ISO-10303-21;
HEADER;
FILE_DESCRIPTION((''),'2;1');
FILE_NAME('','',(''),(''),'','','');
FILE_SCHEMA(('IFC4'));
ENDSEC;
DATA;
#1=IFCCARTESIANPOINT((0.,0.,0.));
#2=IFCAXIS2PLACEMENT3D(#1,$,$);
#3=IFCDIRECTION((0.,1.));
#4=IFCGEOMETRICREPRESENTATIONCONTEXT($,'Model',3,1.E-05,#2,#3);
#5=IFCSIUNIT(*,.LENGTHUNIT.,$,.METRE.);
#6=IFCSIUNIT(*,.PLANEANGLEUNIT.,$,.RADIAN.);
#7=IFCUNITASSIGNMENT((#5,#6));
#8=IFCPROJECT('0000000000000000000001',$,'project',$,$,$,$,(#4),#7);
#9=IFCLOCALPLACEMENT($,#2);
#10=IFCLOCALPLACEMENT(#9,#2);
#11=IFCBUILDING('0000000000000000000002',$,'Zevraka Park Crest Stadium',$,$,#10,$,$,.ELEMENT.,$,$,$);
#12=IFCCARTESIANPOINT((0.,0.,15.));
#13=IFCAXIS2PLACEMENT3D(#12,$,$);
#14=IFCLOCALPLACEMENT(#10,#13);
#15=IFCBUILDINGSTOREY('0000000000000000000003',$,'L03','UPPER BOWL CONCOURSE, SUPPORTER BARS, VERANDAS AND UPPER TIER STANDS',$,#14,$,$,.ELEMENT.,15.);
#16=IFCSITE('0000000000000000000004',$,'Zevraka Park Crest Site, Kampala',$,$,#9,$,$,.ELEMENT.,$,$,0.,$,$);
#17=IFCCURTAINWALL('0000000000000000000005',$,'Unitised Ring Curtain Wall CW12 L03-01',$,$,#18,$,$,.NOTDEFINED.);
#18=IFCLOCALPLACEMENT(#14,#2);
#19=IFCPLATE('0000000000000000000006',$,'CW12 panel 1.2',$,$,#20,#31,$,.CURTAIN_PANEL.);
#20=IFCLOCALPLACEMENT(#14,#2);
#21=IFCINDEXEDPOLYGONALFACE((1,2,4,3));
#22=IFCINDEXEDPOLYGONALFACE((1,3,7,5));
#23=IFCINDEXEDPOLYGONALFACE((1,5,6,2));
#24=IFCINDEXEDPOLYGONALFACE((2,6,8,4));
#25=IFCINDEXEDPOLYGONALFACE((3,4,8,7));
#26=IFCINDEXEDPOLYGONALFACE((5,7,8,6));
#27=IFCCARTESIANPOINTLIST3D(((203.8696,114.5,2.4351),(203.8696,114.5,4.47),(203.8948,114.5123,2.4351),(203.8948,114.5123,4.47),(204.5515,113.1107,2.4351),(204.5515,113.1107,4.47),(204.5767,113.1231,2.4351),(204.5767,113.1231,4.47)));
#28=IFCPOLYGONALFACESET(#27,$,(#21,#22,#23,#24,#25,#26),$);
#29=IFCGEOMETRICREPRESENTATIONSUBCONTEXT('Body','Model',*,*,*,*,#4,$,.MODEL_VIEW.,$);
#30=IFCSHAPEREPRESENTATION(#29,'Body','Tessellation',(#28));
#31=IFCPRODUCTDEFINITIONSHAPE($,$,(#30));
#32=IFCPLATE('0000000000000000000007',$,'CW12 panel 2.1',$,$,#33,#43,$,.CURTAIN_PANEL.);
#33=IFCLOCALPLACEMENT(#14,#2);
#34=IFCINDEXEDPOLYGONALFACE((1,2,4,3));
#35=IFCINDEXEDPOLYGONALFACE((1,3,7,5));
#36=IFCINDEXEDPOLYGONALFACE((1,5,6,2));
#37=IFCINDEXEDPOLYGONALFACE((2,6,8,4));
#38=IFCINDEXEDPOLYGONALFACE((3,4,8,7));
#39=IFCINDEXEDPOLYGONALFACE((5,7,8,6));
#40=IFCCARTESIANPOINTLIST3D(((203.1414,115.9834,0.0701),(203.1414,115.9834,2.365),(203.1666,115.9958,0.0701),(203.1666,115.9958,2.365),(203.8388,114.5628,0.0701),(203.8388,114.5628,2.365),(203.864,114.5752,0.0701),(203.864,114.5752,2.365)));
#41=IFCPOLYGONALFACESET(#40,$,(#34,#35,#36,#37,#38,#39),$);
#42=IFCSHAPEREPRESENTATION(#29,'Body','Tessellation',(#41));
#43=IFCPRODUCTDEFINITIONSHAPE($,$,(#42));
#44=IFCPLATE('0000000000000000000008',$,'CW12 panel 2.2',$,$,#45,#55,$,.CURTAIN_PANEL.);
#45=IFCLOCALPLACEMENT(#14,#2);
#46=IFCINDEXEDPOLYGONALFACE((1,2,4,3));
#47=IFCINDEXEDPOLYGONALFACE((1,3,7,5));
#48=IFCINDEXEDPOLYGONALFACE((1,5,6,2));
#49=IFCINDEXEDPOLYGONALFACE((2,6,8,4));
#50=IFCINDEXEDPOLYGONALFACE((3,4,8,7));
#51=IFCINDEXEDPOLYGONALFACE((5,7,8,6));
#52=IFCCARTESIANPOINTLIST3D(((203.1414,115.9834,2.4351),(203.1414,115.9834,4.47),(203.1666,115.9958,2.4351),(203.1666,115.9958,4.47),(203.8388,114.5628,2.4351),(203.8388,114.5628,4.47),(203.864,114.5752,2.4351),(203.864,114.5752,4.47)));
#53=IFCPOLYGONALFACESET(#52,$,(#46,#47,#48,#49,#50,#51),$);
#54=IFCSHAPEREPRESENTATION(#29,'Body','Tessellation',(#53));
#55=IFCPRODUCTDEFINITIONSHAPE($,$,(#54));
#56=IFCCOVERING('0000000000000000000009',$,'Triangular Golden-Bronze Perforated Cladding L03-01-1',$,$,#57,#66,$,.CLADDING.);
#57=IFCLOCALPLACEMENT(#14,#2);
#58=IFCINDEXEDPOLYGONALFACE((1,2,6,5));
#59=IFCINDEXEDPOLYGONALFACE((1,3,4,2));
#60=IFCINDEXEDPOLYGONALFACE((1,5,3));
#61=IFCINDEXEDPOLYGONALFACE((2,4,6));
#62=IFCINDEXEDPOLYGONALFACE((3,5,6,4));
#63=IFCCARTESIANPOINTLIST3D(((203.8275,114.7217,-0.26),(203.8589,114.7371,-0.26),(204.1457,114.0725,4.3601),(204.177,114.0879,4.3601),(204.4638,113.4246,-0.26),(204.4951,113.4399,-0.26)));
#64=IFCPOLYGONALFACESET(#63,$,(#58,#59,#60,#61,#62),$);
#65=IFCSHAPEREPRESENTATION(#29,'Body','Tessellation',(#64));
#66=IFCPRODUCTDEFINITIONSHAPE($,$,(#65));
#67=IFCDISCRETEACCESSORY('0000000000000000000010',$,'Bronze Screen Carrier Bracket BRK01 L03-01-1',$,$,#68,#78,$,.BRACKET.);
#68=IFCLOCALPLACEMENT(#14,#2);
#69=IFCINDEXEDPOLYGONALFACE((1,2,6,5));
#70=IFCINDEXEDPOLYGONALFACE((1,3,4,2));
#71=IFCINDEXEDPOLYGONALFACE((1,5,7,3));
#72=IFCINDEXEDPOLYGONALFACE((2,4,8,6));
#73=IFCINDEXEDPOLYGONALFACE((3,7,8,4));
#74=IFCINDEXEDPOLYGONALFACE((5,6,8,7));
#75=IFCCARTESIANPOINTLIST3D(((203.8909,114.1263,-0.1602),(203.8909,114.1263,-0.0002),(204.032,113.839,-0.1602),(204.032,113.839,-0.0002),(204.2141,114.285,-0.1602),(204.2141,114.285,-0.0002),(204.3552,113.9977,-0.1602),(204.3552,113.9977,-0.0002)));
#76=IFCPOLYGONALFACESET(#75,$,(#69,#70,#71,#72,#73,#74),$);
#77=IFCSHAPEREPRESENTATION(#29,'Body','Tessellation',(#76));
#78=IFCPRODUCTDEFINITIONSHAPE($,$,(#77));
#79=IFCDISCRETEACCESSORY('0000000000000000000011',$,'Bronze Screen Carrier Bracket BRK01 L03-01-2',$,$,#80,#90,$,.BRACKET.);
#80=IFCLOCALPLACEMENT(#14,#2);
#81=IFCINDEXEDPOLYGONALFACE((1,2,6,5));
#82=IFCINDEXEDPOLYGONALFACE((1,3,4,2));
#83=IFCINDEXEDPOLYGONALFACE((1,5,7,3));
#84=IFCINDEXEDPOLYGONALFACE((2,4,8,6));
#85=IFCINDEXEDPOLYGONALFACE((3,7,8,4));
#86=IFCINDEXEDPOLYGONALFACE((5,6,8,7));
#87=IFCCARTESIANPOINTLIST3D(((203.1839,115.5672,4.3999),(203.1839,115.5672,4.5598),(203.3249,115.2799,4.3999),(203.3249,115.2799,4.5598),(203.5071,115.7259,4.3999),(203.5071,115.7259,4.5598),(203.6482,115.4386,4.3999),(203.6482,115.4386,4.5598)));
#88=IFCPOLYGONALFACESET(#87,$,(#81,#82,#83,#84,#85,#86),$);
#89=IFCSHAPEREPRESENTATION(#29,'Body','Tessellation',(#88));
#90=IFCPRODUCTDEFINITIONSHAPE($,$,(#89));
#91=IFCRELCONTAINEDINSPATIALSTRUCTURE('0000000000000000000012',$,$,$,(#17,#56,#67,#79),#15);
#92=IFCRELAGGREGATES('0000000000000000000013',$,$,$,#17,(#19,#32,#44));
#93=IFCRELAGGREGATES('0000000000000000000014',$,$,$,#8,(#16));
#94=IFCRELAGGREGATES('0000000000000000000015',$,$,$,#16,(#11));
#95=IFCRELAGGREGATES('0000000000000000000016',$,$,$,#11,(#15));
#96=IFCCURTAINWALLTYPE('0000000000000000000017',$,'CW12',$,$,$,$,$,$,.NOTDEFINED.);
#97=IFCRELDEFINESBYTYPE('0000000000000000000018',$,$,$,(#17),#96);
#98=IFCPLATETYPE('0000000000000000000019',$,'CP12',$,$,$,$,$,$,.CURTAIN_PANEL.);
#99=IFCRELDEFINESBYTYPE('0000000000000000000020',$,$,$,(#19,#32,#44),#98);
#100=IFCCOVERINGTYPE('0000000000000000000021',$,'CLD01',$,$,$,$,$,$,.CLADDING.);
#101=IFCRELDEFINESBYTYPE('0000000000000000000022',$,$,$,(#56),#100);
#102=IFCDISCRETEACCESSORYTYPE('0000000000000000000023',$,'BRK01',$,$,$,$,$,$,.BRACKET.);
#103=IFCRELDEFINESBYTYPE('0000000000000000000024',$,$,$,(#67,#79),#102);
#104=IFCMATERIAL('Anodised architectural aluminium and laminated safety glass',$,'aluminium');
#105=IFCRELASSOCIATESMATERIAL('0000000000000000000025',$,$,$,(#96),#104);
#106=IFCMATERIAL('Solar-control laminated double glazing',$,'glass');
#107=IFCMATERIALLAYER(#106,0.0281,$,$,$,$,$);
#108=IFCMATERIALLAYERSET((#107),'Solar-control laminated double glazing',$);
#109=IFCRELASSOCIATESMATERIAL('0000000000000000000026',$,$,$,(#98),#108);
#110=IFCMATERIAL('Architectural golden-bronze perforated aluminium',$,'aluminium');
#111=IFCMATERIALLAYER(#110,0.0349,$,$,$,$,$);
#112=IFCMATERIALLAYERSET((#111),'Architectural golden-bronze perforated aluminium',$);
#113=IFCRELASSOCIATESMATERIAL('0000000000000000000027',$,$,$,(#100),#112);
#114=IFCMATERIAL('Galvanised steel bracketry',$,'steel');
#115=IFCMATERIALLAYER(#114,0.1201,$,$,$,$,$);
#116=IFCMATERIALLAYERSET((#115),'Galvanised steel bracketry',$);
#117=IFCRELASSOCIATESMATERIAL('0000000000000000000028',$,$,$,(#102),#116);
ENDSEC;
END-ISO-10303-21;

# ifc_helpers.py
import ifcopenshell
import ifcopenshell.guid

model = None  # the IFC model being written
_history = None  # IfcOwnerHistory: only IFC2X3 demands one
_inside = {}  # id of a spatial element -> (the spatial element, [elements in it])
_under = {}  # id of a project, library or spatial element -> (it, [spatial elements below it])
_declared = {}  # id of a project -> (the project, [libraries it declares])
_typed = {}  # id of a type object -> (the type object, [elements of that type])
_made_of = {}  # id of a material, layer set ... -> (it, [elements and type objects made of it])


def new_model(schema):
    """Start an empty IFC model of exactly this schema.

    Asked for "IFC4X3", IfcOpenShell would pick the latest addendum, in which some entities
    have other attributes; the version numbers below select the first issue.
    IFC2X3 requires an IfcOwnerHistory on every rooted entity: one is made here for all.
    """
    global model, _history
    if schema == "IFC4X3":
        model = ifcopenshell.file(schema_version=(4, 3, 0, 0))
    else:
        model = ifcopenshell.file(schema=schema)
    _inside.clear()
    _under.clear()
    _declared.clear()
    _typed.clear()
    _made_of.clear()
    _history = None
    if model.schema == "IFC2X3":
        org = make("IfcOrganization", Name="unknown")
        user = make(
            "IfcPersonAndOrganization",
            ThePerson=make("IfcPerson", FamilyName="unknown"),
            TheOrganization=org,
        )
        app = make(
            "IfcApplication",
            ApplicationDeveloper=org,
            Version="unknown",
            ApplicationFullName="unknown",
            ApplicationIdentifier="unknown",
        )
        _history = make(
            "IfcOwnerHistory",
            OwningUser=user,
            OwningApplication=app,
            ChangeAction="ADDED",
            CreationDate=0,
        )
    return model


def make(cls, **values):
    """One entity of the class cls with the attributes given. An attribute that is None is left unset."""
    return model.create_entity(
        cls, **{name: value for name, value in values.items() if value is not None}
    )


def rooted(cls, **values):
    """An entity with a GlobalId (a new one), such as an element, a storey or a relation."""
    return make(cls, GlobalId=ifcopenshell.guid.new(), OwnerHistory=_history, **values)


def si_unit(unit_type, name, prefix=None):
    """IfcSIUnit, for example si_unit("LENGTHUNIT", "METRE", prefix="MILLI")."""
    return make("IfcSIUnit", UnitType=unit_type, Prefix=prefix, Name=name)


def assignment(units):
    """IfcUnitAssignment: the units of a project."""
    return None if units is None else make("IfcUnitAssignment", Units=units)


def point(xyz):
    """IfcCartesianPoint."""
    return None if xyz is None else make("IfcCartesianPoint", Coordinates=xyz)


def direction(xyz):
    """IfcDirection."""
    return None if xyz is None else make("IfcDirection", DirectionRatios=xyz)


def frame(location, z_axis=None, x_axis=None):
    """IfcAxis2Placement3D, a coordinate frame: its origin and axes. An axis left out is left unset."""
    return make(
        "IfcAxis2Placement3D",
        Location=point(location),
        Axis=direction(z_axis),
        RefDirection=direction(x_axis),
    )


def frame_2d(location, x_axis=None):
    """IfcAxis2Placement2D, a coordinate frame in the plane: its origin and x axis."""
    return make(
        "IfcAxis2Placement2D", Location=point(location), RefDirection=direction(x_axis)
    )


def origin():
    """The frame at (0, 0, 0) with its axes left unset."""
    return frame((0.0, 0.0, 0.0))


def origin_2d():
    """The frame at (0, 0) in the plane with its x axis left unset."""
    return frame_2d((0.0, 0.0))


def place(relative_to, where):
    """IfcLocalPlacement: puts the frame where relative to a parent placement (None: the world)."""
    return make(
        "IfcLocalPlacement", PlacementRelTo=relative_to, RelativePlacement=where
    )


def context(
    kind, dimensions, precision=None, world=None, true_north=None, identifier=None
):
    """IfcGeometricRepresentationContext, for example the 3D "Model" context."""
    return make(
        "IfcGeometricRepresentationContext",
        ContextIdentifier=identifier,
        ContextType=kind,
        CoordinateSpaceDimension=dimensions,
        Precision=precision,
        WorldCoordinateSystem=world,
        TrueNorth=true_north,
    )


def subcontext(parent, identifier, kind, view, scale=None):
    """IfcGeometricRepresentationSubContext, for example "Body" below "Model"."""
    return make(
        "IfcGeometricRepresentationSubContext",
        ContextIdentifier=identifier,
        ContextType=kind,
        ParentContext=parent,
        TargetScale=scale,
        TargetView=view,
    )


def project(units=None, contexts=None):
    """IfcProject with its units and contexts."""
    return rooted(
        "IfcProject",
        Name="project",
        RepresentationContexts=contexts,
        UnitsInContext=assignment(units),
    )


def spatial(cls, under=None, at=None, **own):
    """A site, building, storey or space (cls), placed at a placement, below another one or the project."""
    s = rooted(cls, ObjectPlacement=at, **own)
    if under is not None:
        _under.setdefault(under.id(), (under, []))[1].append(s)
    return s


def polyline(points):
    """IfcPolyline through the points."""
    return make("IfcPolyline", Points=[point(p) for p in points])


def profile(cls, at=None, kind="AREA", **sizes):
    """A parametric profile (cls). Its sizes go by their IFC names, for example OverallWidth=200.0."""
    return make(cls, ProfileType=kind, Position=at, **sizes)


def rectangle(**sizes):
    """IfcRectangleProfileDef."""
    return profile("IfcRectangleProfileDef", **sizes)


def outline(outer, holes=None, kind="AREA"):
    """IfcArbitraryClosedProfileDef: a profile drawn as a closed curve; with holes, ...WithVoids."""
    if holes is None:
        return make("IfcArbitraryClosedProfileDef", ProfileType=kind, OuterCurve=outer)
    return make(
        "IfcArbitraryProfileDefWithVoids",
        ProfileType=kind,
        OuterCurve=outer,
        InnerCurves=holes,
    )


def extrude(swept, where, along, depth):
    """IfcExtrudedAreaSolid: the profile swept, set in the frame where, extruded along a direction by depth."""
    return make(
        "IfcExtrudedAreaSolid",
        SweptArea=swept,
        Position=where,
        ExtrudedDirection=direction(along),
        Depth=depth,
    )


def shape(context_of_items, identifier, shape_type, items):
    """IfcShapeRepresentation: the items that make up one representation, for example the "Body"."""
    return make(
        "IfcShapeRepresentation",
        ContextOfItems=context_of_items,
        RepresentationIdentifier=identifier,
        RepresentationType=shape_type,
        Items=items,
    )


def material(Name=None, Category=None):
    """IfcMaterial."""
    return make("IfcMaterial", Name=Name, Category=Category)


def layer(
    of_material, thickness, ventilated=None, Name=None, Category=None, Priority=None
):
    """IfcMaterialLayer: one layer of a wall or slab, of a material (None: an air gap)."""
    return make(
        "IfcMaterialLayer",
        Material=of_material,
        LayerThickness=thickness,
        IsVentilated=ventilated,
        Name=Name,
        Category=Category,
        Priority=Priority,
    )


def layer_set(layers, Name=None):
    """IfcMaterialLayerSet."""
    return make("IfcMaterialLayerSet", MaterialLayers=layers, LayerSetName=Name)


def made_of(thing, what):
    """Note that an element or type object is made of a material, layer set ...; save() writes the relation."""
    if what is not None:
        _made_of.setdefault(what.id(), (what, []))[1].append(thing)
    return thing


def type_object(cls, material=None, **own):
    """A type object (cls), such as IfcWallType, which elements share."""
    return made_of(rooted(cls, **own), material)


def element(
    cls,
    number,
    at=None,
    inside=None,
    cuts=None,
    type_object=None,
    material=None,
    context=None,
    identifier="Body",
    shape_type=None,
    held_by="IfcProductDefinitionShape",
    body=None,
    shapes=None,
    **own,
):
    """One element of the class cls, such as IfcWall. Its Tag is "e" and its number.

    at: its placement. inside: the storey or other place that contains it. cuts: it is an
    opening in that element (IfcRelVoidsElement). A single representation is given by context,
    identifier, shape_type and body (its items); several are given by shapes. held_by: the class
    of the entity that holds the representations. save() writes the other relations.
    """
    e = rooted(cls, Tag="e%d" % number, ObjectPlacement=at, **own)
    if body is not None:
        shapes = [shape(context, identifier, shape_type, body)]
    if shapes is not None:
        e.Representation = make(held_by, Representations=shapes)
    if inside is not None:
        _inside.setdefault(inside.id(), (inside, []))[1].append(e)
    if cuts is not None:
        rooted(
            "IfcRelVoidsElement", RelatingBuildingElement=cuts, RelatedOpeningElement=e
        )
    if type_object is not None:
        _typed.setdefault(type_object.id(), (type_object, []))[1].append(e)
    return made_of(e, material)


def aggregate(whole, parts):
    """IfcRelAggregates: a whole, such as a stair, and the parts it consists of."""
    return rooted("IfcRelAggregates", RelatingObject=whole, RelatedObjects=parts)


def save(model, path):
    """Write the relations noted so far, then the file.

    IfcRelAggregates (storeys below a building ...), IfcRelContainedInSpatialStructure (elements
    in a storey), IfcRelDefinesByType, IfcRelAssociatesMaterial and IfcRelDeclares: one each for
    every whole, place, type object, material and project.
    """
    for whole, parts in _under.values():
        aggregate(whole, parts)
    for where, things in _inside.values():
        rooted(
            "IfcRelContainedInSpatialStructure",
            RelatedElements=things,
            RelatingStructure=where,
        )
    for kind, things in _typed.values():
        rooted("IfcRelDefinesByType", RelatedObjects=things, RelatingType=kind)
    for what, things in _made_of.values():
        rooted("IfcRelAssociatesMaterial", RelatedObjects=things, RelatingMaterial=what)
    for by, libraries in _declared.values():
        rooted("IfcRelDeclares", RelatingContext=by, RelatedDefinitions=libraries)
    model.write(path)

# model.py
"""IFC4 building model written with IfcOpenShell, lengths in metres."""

from ifc_helpers import new_model, si_unit, direction, frame, origin, origin_2d, place, context, subcontext, project, spatial, polyline, rectangle, outline, extrude, material, layer, layer_set, type_object, element, aggregate, save


model = new_model("IFC4")

# Units and contexts
model_context = context("Model", 3, precision=1e-05, world=origin(), true_north=direction((0.0, 1.0)))
body_context = subcontext(model_context, "Body", "Model", "MODEL_VIEW")
ifc_project = project(units=[si_unit("LENGTHUNIT", "METRE"), si_unit("PLANEANGLEUNIT", "RADIAN")], contexts=[model_context])

# Site, building, storey
site_placement = place(None, origin())
site = spatial("IfcSite", under=ifc_project, at=site_placement, Name="Zevraka Park Crest Site, Kampala", CompositionType="ELEMENT", RefElevation=0.0)
building_placement = place(site_placement, origin())
building = spatial("IfcBuilding", under=site, at=building_placement, Name="Zevraka Park Crest Stadium", CompositionType="ELEMENT")
storey_placement = place(building_placement, frame((0.0, 0.0, 15.0)))
storey = spatial("IfcBuildingStorey", under=building, at=storey_placement, Name="L03", Description="UPPER BOWL CONCOURSE, SUPPORTER BARS, VERANDAS AND UPPER TIER STANDS", CompositionType="ELEMENT", Elevation=15.0)

# Curtain wall
ifc_material_1 = material(Name="Anodised architectural aluminium and laminated safety glass", Category="aluminium")
curtain_wall_type_1 = type_object("IfcCurtainWallType", Name="CW12", PredefinedType="NOTDEFINED", material=ifc_material_1)
curtain_wall_1_placement = place(storey_placement, origin())
curtain_wall_1 = element("IfcCurtainWall", 1, at=curtain_wall_1_placement, inside=storey, type_object=curtain_wall_type_1, Name="Unitised Ring Curtain Wall CW12 L03-01", PredefinedType="NOTDEFINED")

# Plates
ifc_material_2 = material(Name="Solar-control laminated double glazing", Category="glass")
ifc_layer_1 = layer(ifc_material_2, 0.0281)
ifc_layer_set_1 = layer_set([ifc_layer_1], Name="Solar-control laminated double glazing")
plate_type_1 = type_object("IfcPlateType", Name="CP12", PredefinedType="CURTAIN_PANEL", material=ifc_layer_set_1)
plate_1_placement = place(storey_placement, frame((204.2231, 113.8115, 2.4351), z_axis=(0.0, 0.0, 1.0), x_axis=(-0.440666, 0.897671, 0.0)))
plate_1 = element("IfcPlate", 2, at=plate_1_placement, type_object=plate_type_1, Name="CW12 panel 1.2", PredefinedType="CURTAIN_PANEL", context=body_context, shape_type="SweptSolid", body=[
    extrude(rectangle(XDim=1.5476, YDim=0.0281, at=origin_2d()), origin(), (0.0, 0.0, 1.0), 2.0349),
])
plate_2_placement = place(storey_placement, frame((203.5027, 115.2793, 0.0701), z_axis=(0.0, 0.0, 1.0), x_axis=(-0.440666, 0.897671, 0.0)))
plate_2 = element("IfcPlate", 3, at=plate_2_placement, type_object=plate_type_1, Name="CW12 panel 2.1", PredefinedType="CURTAIN_PANEL", context=body_context, shape_type="SweptSolid", body=[
    extrude(rectangle(XDim=1.5825, YDim=0.0281, at=origin_2d()), origin(), (0.0, 0.0, 1.0), 2.2949),
])
plate_3_placement = place(storey_placement, frame((203.5027, 115.2793, 2.4351), z_axis=(0.0, 0.0, 1.0), x_axis=(-0.440666, 0.897671, 0.0)))
plate_3 = element("IfcPlate", 4, at=plate_3_placement, type_object=plate_type_1, Name="CW12 panel 2.2", PredefinedType="CURTAIN_PANEL", context=body_context, shape_type="SweptSolid", body=[
    extrude(rectangle(XDim=1.5825, YDim=0.0281, at=origin_2d()), origin(), (0.0, 0.0, 1.0), 2.0349),
])
aggregate(curtain_wall_1, [plate_1, plate_2, plate_3])

# Covering
ifc_material_3 = material(Name="Architectural golden-bronze perforated aluminium", Category="aluminium")
ifc_layer_2 = layer(ifc_material_3, 0.0349)
ifc_layer_set_2 = layer_set([ifc_layer_2], Name="Architectural golden-bronze perforated aluminium")
covering_type = type_object("IfcCoveringType", Name="CLD01", PredefinedType="CLADDING", material=ifc_layer_set_2)
covering_placement = place(storey_placement, frame((204.4951, 113.4399, -0.26), z_axis=(0.897815, 0.440374, 0.000058), x_axis=(-0.440374, 0.897815, 0.0)))
element("IfcCovering", 5, at=covering_placement, inside=storey, type_object=covering_type, Name="Triangular Golden-Bronze Perforated Cladding L03-01-1", PredefinedType="CLADDING", context=body_context, shape_type="SweptSolid", body=[
    extrude(outline(polyline([(0.0, 0.0), (1.4448, 0.0), (0.7218, 4.6201), (0.0, 0.0)])), origin(), (0.0, 0.0, -1.0), 0.0349),
])

# Discrete accessories
ifc_material_4 = material(Name="Galvanised steel bracketry", Category="steel")
ifc_layer_3 = layer(ifc_material_4, 0.1201)
ifc_layer_set_3 = layer_set([ifc_layer_3], Name="Galvanised steel bracketry")
discrete_accessory_type = type_object("IfcDiscreteAccessoryType", Name="BRK01", PredefinedType="BRACKET", material=ifc_layer_set_3)
for number, where, z_axis, x_axis, name in (
    (6, (204.123, 114.062, -0.1602), (0.0, 0.0, 1.0), (-0.440723, 0.897643, 0.0), "Bronze Screen Carrier Bracket BRK01 L03-01-1"),
    (7, (203.416, 115.5029, 4.3999), (0.0, 0.0, 1.0), (-0.440723, 0.897643, 0.0), "Bronze Screen Carrier Bracket BRK01 L03-01-2"),
):
    element("IfcDiscreteAccessory", number, at=place(storey_placement, frame(where, z_axis=z_axis, x_axis=x_axis)), inside=storey, type_object=discrete_accessory_type, Name=name, PredefinedType="BRACKET", context=body_context, shape_type="SweptSolid", body=[
        extrude(rectangle(XDim=0.3201, YDim=0.3601, at=origin_2d()), origin(), (0.0, 0.0, 1.0), 0.1599),
    ])

save(model, "model.ifc")
